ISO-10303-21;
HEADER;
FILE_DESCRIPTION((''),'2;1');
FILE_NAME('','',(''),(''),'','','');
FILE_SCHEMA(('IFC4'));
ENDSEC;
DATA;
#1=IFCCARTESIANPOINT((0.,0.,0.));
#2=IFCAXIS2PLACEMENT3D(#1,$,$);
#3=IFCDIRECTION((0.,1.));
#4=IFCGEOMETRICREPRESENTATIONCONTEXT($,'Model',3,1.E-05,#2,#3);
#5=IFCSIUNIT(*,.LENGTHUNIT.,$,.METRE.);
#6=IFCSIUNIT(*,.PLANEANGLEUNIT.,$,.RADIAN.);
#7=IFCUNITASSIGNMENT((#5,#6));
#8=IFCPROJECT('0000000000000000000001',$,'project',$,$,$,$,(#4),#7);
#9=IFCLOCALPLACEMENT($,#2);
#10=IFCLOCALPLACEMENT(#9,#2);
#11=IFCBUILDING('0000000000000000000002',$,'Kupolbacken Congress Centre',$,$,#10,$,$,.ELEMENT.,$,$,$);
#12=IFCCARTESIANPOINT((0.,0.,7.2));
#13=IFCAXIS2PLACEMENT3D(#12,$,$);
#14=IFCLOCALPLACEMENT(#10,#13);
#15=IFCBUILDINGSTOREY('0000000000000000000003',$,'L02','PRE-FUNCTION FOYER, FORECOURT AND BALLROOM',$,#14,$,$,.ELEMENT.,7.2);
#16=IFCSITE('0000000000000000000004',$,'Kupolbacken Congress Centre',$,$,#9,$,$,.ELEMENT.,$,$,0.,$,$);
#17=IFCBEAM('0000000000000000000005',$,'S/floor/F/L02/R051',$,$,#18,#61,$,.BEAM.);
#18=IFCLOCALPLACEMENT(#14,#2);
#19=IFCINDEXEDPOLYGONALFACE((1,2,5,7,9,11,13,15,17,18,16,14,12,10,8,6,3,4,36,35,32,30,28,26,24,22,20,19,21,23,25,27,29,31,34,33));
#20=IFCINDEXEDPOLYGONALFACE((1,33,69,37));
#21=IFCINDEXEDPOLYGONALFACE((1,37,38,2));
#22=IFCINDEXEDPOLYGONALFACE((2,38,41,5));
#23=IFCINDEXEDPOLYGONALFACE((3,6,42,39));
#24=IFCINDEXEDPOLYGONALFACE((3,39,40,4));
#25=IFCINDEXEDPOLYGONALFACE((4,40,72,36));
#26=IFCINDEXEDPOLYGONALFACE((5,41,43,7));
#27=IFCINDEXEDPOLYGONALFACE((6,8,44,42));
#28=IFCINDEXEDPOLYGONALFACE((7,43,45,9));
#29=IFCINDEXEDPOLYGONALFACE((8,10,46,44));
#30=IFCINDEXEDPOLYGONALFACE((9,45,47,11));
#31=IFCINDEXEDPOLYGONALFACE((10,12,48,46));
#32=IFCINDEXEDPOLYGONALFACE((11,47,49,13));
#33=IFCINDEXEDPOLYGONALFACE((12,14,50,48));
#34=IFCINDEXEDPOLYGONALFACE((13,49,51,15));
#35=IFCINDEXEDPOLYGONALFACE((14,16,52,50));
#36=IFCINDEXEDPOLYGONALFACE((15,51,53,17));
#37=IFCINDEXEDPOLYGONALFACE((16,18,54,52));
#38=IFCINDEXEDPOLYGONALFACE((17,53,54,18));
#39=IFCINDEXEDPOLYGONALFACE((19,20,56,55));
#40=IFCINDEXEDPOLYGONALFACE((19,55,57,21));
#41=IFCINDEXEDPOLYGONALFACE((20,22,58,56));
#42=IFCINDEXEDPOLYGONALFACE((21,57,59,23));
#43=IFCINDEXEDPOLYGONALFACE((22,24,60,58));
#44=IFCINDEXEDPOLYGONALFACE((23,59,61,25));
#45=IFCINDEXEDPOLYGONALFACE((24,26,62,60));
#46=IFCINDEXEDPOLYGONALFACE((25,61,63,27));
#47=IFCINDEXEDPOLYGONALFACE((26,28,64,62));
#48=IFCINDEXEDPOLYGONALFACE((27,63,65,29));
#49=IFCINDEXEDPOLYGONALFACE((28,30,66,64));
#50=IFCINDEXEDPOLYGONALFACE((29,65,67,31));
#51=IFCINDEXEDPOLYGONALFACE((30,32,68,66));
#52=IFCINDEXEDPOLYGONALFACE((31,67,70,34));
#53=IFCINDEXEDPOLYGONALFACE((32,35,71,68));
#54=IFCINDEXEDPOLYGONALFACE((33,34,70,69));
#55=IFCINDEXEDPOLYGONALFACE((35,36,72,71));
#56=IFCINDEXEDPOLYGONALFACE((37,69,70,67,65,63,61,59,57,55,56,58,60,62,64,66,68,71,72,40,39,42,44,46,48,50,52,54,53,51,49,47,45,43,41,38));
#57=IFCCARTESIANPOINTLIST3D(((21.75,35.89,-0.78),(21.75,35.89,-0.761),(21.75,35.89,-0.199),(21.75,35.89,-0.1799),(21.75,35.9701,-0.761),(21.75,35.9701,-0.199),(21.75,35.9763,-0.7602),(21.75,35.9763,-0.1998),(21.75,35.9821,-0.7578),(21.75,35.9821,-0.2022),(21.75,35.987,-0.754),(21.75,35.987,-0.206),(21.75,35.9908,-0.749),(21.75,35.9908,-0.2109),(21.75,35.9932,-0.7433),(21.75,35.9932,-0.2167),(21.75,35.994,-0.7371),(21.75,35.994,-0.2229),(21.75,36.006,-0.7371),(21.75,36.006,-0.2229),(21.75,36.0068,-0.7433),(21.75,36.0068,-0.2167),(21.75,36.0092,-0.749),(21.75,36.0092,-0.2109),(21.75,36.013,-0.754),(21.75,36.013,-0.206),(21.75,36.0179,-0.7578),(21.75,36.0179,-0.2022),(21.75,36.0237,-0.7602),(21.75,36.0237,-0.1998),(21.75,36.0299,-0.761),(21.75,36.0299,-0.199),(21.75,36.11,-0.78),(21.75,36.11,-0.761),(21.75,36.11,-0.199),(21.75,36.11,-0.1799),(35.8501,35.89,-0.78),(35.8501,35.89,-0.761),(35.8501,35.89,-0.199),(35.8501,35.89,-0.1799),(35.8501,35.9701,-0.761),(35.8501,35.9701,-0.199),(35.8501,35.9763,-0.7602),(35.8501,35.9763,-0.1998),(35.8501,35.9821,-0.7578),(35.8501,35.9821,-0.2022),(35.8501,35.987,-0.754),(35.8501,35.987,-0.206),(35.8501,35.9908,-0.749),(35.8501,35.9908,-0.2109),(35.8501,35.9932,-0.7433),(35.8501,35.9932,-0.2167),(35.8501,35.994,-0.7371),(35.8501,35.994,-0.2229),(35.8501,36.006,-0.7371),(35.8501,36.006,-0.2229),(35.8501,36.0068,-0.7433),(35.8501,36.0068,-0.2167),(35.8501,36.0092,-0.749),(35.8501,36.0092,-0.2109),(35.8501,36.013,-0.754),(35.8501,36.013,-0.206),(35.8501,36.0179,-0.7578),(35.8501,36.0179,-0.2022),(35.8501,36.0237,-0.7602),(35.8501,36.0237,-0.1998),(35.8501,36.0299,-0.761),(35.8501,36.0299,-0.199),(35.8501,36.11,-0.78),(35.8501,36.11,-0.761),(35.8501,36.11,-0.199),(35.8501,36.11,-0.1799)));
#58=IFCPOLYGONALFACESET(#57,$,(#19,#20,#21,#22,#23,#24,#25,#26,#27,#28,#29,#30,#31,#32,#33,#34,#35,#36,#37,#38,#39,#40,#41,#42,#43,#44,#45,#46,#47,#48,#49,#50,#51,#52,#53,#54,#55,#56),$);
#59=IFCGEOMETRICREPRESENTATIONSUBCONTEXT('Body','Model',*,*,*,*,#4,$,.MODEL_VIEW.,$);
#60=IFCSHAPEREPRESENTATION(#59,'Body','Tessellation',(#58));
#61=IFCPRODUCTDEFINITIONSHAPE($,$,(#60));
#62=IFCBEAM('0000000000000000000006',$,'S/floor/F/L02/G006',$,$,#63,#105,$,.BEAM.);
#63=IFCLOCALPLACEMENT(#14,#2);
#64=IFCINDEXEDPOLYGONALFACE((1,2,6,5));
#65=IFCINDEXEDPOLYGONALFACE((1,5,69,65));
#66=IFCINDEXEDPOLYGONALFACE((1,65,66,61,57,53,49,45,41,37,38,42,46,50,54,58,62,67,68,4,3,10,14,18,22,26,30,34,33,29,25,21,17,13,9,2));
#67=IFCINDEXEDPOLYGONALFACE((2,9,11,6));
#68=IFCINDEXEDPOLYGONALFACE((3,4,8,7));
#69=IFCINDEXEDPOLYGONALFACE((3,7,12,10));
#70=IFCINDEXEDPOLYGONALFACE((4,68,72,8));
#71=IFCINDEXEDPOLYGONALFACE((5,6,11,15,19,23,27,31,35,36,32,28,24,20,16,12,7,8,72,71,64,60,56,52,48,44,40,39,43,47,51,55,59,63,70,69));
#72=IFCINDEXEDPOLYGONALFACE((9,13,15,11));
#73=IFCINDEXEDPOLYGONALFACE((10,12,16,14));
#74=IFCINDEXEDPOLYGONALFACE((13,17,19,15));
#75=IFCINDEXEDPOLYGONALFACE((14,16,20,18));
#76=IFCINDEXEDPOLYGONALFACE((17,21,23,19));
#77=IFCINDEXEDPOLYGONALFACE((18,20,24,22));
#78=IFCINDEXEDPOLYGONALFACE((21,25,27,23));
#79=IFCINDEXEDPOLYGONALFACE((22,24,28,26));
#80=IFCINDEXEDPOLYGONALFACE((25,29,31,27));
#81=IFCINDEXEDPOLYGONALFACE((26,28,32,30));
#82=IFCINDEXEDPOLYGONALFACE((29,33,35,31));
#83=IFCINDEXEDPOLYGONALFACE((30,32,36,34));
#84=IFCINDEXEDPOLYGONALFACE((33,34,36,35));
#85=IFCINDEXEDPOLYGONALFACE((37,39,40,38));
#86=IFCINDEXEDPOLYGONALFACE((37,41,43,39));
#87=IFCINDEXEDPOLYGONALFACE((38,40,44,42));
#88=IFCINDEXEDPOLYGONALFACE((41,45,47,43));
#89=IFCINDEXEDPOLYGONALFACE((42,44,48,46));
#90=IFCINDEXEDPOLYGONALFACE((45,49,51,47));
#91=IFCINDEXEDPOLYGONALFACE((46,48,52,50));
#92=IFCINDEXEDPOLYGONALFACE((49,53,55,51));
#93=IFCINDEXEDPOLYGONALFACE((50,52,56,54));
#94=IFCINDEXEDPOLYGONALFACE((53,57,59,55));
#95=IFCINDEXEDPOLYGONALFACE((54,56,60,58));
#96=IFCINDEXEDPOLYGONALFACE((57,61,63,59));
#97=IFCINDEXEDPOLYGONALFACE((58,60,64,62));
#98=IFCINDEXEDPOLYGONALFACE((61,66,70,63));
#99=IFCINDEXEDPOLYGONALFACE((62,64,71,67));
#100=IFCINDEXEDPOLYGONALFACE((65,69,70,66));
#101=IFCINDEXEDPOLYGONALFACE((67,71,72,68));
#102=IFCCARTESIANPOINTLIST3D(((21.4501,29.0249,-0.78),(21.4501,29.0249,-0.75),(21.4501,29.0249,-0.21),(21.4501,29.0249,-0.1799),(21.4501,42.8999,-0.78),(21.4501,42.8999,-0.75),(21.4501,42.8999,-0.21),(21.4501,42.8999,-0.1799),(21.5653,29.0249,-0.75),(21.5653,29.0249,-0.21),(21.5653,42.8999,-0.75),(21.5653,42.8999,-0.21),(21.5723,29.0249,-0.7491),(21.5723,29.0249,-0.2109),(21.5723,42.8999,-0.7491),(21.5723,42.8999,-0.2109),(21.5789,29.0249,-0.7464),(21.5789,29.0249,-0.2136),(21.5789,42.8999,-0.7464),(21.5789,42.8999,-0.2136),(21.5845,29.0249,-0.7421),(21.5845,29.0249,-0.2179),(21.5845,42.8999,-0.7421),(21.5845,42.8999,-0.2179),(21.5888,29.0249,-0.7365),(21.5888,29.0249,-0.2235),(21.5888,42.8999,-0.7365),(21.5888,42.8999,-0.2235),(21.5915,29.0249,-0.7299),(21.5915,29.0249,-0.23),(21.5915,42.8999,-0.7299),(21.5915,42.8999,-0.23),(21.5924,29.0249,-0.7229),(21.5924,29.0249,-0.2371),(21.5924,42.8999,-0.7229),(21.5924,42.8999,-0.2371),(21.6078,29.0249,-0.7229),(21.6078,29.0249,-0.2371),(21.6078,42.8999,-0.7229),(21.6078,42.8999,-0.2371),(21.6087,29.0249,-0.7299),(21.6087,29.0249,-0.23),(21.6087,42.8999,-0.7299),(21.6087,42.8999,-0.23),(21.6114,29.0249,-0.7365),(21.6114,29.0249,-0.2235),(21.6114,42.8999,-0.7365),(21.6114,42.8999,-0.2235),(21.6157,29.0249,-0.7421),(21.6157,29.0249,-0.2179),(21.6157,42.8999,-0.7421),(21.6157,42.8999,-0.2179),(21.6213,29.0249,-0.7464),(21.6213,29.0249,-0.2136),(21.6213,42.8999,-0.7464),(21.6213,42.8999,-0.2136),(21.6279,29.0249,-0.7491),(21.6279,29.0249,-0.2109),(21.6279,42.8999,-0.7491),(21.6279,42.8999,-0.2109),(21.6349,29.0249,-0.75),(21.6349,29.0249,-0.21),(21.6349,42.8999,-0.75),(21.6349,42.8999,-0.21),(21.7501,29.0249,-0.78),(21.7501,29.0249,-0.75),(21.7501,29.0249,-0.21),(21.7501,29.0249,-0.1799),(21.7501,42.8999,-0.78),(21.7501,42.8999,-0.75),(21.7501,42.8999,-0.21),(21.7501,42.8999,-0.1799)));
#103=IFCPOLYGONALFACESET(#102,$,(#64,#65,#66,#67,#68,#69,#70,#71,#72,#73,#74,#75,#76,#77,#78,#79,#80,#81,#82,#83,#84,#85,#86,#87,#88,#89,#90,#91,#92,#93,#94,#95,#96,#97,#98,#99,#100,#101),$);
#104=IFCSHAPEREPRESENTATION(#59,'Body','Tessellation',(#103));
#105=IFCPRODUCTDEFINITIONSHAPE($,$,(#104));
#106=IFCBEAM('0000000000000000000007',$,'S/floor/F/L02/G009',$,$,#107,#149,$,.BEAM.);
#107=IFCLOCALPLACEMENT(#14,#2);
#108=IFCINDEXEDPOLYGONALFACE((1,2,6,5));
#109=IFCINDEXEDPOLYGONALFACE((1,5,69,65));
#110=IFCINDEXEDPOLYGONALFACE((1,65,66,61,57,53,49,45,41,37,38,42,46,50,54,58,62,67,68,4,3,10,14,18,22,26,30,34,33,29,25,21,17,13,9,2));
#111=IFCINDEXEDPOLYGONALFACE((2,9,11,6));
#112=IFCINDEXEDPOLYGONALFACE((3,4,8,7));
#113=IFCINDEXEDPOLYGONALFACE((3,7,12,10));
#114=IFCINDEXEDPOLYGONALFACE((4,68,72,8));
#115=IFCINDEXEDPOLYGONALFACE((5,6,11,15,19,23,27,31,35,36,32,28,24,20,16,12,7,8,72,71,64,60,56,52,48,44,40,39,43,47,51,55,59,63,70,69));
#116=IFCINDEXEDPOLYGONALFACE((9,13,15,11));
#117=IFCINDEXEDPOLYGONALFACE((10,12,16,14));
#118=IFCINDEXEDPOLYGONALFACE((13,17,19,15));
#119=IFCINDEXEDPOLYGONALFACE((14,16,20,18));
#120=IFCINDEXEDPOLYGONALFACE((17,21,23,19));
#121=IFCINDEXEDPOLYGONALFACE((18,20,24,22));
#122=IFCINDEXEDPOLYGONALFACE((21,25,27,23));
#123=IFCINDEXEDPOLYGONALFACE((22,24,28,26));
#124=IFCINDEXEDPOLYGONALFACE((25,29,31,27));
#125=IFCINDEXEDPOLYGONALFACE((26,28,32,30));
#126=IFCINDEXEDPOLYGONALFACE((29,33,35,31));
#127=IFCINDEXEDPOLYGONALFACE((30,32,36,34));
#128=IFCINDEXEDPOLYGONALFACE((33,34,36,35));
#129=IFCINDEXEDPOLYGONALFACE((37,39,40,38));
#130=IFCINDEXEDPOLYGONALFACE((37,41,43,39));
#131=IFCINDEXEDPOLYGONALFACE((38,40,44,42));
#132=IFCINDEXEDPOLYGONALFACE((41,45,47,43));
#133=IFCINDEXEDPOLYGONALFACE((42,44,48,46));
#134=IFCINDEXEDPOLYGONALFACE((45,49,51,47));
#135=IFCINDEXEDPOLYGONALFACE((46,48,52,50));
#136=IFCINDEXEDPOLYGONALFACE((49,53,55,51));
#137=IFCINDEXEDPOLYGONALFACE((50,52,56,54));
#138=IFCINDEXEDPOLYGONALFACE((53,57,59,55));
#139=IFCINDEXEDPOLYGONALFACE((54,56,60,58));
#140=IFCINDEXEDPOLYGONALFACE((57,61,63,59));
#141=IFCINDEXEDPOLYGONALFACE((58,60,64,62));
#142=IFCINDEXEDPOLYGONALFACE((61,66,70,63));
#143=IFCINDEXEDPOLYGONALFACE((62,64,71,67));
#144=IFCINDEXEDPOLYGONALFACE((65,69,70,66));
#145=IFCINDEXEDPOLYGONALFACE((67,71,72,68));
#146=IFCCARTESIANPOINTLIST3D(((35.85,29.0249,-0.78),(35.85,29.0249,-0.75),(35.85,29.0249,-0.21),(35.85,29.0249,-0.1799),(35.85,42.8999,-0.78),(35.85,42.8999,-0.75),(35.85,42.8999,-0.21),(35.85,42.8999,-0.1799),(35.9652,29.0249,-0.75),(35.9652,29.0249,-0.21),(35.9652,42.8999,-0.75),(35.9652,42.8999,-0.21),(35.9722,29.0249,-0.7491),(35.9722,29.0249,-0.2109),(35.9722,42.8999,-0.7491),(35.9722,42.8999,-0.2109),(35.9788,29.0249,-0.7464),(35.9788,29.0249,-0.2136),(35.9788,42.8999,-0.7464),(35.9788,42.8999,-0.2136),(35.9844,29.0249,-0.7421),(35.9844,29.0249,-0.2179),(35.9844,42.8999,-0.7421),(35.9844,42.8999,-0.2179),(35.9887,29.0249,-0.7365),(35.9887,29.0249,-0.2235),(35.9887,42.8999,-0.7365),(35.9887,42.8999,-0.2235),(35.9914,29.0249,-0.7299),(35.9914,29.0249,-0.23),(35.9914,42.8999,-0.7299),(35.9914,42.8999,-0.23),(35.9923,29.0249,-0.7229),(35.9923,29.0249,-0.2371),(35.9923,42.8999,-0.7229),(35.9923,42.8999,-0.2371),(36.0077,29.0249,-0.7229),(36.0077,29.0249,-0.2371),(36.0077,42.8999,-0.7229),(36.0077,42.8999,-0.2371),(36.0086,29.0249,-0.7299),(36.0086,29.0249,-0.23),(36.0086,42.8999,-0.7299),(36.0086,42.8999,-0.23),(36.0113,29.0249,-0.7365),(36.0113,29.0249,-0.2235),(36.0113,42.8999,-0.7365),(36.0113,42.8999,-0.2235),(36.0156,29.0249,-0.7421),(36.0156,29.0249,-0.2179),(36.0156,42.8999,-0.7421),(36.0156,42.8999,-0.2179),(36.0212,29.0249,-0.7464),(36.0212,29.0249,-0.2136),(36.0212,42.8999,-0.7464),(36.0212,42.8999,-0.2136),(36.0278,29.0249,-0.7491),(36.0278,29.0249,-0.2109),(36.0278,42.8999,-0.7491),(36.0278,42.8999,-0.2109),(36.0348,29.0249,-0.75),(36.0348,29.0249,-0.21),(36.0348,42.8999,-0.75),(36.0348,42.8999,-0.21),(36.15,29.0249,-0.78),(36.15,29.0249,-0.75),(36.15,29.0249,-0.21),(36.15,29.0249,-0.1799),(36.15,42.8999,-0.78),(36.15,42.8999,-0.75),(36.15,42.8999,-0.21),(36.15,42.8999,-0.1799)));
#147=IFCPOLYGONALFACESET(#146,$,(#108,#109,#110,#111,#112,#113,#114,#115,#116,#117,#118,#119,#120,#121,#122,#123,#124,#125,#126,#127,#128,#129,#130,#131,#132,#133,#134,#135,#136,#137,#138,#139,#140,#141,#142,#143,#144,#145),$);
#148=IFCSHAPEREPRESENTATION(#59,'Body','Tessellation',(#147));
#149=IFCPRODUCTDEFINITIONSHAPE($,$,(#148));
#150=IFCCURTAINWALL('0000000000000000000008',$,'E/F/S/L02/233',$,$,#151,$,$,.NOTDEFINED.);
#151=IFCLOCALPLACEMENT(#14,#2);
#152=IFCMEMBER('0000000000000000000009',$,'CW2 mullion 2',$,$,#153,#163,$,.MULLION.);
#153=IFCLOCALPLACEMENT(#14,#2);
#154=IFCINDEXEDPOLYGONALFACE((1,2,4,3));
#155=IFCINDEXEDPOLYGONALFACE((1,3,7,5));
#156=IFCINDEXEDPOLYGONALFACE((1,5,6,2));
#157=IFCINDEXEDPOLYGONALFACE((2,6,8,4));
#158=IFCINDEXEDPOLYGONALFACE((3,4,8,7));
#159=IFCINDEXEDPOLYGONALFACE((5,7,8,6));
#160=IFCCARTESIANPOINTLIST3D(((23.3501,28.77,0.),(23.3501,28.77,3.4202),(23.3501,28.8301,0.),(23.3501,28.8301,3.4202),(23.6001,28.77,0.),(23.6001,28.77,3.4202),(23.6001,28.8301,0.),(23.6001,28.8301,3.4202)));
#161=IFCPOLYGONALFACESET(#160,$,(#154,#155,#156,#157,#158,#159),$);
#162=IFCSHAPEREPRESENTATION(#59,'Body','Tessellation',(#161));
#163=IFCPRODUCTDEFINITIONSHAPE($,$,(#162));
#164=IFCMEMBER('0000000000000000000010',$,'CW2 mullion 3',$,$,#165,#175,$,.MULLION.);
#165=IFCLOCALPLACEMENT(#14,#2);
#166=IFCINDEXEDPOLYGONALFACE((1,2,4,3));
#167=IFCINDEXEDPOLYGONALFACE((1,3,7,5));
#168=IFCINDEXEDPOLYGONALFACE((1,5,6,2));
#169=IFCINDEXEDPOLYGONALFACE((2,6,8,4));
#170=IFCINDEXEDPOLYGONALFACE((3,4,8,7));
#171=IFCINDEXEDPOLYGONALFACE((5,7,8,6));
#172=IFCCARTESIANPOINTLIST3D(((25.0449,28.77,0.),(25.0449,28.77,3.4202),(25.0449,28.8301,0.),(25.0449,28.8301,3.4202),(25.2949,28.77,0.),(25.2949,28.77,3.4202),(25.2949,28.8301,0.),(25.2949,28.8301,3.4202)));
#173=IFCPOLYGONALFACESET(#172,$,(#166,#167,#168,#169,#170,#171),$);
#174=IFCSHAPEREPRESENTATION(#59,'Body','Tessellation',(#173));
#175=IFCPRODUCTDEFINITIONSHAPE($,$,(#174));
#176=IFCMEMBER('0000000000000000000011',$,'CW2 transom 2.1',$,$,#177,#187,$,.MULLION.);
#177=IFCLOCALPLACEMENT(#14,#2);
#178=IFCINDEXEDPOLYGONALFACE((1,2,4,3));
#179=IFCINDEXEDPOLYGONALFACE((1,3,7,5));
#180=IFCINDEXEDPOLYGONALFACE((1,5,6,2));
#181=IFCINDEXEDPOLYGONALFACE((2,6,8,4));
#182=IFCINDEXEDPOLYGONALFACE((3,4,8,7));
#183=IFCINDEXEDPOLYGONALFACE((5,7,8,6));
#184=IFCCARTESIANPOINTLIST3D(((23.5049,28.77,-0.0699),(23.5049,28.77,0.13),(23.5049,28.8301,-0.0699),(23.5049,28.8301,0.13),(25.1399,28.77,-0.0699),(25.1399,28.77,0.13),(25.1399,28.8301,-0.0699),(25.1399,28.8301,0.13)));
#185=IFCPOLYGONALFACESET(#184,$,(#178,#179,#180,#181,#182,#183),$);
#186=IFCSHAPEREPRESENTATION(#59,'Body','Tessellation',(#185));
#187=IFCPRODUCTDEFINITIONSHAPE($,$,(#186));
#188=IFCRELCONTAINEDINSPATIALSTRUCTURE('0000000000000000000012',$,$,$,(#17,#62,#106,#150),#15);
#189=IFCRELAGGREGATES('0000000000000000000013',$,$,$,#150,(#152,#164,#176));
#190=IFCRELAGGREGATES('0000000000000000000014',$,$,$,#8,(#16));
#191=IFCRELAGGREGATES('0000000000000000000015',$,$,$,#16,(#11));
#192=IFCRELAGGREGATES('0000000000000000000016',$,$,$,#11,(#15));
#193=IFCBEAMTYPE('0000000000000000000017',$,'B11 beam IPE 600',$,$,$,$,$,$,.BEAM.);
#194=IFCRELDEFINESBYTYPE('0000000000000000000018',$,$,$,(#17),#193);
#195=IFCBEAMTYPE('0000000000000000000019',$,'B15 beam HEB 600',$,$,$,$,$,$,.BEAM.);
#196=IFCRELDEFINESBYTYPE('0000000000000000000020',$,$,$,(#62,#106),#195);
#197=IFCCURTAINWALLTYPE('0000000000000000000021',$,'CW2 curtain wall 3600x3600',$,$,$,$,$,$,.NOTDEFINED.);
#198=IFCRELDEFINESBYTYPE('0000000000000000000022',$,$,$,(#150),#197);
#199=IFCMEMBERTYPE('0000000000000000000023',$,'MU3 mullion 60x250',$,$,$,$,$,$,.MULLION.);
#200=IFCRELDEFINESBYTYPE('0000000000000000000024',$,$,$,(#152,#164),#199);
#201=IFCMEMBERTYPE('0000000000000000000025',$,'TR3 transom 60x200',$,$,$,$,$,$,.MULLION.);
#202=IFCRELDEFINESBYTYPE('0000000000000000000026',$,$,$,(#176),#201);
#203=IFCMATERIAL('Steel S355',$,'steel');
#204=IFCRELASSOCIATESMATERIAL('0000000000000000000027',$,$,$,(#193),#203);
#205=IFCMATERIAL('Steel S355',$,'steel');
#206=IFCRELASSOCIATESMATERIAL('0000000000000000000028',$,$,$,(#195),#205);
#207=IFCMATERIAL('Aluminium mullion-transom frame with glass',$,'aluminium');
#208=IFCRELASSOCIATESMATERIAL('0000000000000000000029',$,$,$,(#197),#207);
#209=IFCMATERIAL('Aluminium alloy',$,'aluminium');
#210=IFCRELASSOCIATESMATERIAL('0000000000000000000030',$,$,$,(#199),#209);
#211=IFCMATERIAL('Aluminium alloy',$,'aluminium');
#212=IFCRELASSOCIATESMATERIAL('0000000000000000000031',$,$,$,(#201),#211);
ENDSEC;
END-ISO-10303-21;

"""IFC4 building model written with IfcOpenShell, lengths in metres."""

from ifc_helpers import new_model, si_unit, direction, frame, origin, origin_2d, place, context, subcontext, project, spatial, rectangle, i_section, extrude, material, material_profile, profile_set, type_object, element, aggregate, save


model = new_model("IFC4")

# Units and contexts
model_context = context("Model", 3, precision=1e-05, world=origin(), true_north=direction((0.0, 1.0)))
body_context = subcontext(model_context, "Body", "Model", "MODEL_VIEW")
ifc_project = project(units=[si_unit("LENGTHUNIT", "METRE"), si_unit("PLANEANGLEUNIT", "RADIAN")], contexts=[model_context])

# Site, building, storey
site_placement = place(None, origin())
site = spatial("IfcSite", under=ifc_project, at=site_placement, Name="Kupolbacken Congress Centre", CompositionType="ELEMENT", RefElevation=0.0)
building_placement = place(site_placement, origin())
building = spatial("IfcBuilding", under=site, at=building_placement, Name="Kupolbacken Congress Centre", CompositionType="ELEMENT")
storey_placement = place(building_placement, frame((0.0, 0.0, 7.2)))
storey = spatial("IfcBuildingStorey", under=building, at=storey_placement, Name="L02", Description="PRE-FUNCTION FOYER, FORECOURT AND BALLROOM", CompositionType="ELEMENT", Elevation=7.2)

# Beams
ifc_material_1 = material(Name="Steel S355", Category="steel")
ifc_material_profile_1 = material_profile(ifc_material_1, i_section(OverallWidth=0.22, OverallDepth=0.6001, WebThickness=0.012, FlangeThickness=0.019, FilletRadius=0.0239, at=origin_2d()), Name="IPE 600")
ifc_profile_set_1 = profile_set([ifc_material_profile_1], Name="Steel S355")
beam_type_1 = type_object("IfcBeamType", Name="B11 beam IPE 600", PredefinedType="BEAM", material=ifc_profile_set_1)
beam_1_placement = place(storey_placement, frame((21.75, 36.0, -0.48), z_axis=(1.0, 0.0, 0.0), x_axis=(0.0, 1.0, 0.0)))
element("IfcBeam", 1, at=beam_1_placement, inside=storey, type_object=beam_type_1, Name="S/floor/F/L02/R051", PredefinedType="BEAM", context=body_context, shape_type="SweptSolid", body=[
    extrude(i_section(OverallWidth=0.22, OverallDepth=0.6001, WebThickness=0.012, FlangeThickness=0.019, FilletRadius=0.0239, at=origin_2d()), origin(), (0.0, 0.0, 1.0), 14.1001),
])
ifc_material_2 = material(Name="Steel S355", Category="steel")
ifc_material_profile_2 = material_profile(ifc_material_2, i_section(OverallWidth=0.3, OverallDepth=0.6001, WebThickness=0.0154, FlangeThickness=0.03, FilletRadius=0.0271, at=origin_2d()), Name="HEB 600")
ifc_profile_set_2 = profile_set([ifc_material_profile_2], Name="Steel S355")
beam_type_2 = type_object("IfcBeamType", Name="B15 beam HEB 600", PredefinedType="BEAM", material=ifc_profile_set_2)
for number, where, z_axis, x_axis, name in (
    (2, (21.6001, 29.0249, -0.48), (0.0, 1.0, 0.0), (-1.0, 0.0, 0.0), "S/floor/F/L02/G006"),
    (3, (36.0, 29.0249, -0.48), (0.0, 1.0, 0.0), (-1.0, 0.0, 0.0), "S/floor/F/L02/G009"),
):
    element("IfcBeam", number, at=place(storey_placement, frame(where, z_axis=z_axis, x_axis=x_axis)), inside=storey, type_object=beam_type_2, Name=name, PredefinedType="BEAM", context=body_context, shape_type="SweptSolid", body=[
        extrude(i_section(OverallWidth=0.3, OverallDepth=0.6001, WebThickness=0.0154, FlangeThickness=0.03, FilletRadius=0.0271, at=origin_2d()), origin(), (0.0, 0.0, 1.0), 13.875),
    ])

# Curtain wall, members
ifc_material_3 = material(Name="Aluminium mullion-transom frame with glass", Category="aluminium")
curtain_wall_type = type_object("IfcCurtainWallType", Name="CW2 curtain wall 3600x3600", PredefinedType="NOTDEFINED", material=ifc_material_3)
curtain_wall_placement = place(storey_placement, origin())
curtain_wall = element("IfcCurtainWall", 4, at=curtain_wall_placement, inside=storey, type_object=curtain_wall_type, Name="E/F/S/L02/233", PredefinedType="NOTDEFINED")
ifc_material_4 = material(Name="Aluminium alloy", Category="aluminium")
ifc_material_profile_3 = material_profile(ifc_material_4, rectangle(XDim=0.0601, YDim=0.25, at=origin_2d()), Name="60 x 250")
ifc_profile_set_3 = profile_set([ifc_material_profile_3], Name="Aluminium alloy")
member_type_1 = type_object("IfcMemberType", Name="MU3 mullion 60x250", PredefinedType="MULLION", material=ifc_profile_set_3)
member_1_placement = place(storey_placement, frame((23.4751, 28.8, 0.0), z_axis=(0.0, 0.0, 1.0), x_axis=(0.0, 1.0, 0.0)))
member_1 = element("IfcMember", 5, at=member_1_placement, type_object=member_type_1, Name="CW2 mullion 2", PredefinedType="MULLION", context=body_context, shape_type="SweptSolid", body=[
    extrude(rectangle(XDim=0.0601, YDim=0.25, at=origin_2d()), origin(), (0.0, 0.0, 1.0), 3.4202),
])
member_2_placement = place(storey_placement, frame((25.1699, 28.8, 0.0), z_axis=(0.0, 0.0, 1.0), x_axis=(0.0, 1.0, 0.0)))
member_2 = element("IfcMember", 6, at=member_2_placement, type_object=member_type_1, Name="CW2 mullion 3", PredefinedType="MULLION", context=body_context, shape_type="SweptSolid", body=[
    extrude(rectangle(XDim=0.0601, YDim=0.25, at=origin_2d()), origin(), (0.0, 0.0, 1.0), 3.4202),
])
ifc_material_5 = material(Name="Aluminium alloy", Category="aluminium")
ifc_material_profile_4 = material_profile(ifc_material_5, rectangle(XDim=0.0601, YDim=0.2, at=origin_2d()), Name="60 x 200")
ifc_profile_set_4 = profile_set([ifc_material_profile_4], Name="Aluminium alloy")
member_type_2 = type_object("IfcMemberType", Name="TR3 transom 60x200", PredefinedType="MULLION", material=ifc_profile_set_4)
member_3_placement = place(storey_placement, frame((23.5049, 28.8, 0.03), z_axis=(1.0, 0.0, 0.0), x_axis=(0.0, 1.0, 0.0)))
member_3 = element("IfcMember", 7, at=member_3_placement, type_object=member_type_2, Name="CW2 transom 2.1", PredefinedType="MULLION", context=body_context, shape_type="SweptSolid", body=[
    extrude(rectangle(XDim=0.0601, YDim=0.2, at=origin_2d()), origin(), (0.0, 0.0, 1.0), 1.635),
])
aggregate(curtain_wall, [member_1, member_2, member_3])

save(model, "model.ifc")
